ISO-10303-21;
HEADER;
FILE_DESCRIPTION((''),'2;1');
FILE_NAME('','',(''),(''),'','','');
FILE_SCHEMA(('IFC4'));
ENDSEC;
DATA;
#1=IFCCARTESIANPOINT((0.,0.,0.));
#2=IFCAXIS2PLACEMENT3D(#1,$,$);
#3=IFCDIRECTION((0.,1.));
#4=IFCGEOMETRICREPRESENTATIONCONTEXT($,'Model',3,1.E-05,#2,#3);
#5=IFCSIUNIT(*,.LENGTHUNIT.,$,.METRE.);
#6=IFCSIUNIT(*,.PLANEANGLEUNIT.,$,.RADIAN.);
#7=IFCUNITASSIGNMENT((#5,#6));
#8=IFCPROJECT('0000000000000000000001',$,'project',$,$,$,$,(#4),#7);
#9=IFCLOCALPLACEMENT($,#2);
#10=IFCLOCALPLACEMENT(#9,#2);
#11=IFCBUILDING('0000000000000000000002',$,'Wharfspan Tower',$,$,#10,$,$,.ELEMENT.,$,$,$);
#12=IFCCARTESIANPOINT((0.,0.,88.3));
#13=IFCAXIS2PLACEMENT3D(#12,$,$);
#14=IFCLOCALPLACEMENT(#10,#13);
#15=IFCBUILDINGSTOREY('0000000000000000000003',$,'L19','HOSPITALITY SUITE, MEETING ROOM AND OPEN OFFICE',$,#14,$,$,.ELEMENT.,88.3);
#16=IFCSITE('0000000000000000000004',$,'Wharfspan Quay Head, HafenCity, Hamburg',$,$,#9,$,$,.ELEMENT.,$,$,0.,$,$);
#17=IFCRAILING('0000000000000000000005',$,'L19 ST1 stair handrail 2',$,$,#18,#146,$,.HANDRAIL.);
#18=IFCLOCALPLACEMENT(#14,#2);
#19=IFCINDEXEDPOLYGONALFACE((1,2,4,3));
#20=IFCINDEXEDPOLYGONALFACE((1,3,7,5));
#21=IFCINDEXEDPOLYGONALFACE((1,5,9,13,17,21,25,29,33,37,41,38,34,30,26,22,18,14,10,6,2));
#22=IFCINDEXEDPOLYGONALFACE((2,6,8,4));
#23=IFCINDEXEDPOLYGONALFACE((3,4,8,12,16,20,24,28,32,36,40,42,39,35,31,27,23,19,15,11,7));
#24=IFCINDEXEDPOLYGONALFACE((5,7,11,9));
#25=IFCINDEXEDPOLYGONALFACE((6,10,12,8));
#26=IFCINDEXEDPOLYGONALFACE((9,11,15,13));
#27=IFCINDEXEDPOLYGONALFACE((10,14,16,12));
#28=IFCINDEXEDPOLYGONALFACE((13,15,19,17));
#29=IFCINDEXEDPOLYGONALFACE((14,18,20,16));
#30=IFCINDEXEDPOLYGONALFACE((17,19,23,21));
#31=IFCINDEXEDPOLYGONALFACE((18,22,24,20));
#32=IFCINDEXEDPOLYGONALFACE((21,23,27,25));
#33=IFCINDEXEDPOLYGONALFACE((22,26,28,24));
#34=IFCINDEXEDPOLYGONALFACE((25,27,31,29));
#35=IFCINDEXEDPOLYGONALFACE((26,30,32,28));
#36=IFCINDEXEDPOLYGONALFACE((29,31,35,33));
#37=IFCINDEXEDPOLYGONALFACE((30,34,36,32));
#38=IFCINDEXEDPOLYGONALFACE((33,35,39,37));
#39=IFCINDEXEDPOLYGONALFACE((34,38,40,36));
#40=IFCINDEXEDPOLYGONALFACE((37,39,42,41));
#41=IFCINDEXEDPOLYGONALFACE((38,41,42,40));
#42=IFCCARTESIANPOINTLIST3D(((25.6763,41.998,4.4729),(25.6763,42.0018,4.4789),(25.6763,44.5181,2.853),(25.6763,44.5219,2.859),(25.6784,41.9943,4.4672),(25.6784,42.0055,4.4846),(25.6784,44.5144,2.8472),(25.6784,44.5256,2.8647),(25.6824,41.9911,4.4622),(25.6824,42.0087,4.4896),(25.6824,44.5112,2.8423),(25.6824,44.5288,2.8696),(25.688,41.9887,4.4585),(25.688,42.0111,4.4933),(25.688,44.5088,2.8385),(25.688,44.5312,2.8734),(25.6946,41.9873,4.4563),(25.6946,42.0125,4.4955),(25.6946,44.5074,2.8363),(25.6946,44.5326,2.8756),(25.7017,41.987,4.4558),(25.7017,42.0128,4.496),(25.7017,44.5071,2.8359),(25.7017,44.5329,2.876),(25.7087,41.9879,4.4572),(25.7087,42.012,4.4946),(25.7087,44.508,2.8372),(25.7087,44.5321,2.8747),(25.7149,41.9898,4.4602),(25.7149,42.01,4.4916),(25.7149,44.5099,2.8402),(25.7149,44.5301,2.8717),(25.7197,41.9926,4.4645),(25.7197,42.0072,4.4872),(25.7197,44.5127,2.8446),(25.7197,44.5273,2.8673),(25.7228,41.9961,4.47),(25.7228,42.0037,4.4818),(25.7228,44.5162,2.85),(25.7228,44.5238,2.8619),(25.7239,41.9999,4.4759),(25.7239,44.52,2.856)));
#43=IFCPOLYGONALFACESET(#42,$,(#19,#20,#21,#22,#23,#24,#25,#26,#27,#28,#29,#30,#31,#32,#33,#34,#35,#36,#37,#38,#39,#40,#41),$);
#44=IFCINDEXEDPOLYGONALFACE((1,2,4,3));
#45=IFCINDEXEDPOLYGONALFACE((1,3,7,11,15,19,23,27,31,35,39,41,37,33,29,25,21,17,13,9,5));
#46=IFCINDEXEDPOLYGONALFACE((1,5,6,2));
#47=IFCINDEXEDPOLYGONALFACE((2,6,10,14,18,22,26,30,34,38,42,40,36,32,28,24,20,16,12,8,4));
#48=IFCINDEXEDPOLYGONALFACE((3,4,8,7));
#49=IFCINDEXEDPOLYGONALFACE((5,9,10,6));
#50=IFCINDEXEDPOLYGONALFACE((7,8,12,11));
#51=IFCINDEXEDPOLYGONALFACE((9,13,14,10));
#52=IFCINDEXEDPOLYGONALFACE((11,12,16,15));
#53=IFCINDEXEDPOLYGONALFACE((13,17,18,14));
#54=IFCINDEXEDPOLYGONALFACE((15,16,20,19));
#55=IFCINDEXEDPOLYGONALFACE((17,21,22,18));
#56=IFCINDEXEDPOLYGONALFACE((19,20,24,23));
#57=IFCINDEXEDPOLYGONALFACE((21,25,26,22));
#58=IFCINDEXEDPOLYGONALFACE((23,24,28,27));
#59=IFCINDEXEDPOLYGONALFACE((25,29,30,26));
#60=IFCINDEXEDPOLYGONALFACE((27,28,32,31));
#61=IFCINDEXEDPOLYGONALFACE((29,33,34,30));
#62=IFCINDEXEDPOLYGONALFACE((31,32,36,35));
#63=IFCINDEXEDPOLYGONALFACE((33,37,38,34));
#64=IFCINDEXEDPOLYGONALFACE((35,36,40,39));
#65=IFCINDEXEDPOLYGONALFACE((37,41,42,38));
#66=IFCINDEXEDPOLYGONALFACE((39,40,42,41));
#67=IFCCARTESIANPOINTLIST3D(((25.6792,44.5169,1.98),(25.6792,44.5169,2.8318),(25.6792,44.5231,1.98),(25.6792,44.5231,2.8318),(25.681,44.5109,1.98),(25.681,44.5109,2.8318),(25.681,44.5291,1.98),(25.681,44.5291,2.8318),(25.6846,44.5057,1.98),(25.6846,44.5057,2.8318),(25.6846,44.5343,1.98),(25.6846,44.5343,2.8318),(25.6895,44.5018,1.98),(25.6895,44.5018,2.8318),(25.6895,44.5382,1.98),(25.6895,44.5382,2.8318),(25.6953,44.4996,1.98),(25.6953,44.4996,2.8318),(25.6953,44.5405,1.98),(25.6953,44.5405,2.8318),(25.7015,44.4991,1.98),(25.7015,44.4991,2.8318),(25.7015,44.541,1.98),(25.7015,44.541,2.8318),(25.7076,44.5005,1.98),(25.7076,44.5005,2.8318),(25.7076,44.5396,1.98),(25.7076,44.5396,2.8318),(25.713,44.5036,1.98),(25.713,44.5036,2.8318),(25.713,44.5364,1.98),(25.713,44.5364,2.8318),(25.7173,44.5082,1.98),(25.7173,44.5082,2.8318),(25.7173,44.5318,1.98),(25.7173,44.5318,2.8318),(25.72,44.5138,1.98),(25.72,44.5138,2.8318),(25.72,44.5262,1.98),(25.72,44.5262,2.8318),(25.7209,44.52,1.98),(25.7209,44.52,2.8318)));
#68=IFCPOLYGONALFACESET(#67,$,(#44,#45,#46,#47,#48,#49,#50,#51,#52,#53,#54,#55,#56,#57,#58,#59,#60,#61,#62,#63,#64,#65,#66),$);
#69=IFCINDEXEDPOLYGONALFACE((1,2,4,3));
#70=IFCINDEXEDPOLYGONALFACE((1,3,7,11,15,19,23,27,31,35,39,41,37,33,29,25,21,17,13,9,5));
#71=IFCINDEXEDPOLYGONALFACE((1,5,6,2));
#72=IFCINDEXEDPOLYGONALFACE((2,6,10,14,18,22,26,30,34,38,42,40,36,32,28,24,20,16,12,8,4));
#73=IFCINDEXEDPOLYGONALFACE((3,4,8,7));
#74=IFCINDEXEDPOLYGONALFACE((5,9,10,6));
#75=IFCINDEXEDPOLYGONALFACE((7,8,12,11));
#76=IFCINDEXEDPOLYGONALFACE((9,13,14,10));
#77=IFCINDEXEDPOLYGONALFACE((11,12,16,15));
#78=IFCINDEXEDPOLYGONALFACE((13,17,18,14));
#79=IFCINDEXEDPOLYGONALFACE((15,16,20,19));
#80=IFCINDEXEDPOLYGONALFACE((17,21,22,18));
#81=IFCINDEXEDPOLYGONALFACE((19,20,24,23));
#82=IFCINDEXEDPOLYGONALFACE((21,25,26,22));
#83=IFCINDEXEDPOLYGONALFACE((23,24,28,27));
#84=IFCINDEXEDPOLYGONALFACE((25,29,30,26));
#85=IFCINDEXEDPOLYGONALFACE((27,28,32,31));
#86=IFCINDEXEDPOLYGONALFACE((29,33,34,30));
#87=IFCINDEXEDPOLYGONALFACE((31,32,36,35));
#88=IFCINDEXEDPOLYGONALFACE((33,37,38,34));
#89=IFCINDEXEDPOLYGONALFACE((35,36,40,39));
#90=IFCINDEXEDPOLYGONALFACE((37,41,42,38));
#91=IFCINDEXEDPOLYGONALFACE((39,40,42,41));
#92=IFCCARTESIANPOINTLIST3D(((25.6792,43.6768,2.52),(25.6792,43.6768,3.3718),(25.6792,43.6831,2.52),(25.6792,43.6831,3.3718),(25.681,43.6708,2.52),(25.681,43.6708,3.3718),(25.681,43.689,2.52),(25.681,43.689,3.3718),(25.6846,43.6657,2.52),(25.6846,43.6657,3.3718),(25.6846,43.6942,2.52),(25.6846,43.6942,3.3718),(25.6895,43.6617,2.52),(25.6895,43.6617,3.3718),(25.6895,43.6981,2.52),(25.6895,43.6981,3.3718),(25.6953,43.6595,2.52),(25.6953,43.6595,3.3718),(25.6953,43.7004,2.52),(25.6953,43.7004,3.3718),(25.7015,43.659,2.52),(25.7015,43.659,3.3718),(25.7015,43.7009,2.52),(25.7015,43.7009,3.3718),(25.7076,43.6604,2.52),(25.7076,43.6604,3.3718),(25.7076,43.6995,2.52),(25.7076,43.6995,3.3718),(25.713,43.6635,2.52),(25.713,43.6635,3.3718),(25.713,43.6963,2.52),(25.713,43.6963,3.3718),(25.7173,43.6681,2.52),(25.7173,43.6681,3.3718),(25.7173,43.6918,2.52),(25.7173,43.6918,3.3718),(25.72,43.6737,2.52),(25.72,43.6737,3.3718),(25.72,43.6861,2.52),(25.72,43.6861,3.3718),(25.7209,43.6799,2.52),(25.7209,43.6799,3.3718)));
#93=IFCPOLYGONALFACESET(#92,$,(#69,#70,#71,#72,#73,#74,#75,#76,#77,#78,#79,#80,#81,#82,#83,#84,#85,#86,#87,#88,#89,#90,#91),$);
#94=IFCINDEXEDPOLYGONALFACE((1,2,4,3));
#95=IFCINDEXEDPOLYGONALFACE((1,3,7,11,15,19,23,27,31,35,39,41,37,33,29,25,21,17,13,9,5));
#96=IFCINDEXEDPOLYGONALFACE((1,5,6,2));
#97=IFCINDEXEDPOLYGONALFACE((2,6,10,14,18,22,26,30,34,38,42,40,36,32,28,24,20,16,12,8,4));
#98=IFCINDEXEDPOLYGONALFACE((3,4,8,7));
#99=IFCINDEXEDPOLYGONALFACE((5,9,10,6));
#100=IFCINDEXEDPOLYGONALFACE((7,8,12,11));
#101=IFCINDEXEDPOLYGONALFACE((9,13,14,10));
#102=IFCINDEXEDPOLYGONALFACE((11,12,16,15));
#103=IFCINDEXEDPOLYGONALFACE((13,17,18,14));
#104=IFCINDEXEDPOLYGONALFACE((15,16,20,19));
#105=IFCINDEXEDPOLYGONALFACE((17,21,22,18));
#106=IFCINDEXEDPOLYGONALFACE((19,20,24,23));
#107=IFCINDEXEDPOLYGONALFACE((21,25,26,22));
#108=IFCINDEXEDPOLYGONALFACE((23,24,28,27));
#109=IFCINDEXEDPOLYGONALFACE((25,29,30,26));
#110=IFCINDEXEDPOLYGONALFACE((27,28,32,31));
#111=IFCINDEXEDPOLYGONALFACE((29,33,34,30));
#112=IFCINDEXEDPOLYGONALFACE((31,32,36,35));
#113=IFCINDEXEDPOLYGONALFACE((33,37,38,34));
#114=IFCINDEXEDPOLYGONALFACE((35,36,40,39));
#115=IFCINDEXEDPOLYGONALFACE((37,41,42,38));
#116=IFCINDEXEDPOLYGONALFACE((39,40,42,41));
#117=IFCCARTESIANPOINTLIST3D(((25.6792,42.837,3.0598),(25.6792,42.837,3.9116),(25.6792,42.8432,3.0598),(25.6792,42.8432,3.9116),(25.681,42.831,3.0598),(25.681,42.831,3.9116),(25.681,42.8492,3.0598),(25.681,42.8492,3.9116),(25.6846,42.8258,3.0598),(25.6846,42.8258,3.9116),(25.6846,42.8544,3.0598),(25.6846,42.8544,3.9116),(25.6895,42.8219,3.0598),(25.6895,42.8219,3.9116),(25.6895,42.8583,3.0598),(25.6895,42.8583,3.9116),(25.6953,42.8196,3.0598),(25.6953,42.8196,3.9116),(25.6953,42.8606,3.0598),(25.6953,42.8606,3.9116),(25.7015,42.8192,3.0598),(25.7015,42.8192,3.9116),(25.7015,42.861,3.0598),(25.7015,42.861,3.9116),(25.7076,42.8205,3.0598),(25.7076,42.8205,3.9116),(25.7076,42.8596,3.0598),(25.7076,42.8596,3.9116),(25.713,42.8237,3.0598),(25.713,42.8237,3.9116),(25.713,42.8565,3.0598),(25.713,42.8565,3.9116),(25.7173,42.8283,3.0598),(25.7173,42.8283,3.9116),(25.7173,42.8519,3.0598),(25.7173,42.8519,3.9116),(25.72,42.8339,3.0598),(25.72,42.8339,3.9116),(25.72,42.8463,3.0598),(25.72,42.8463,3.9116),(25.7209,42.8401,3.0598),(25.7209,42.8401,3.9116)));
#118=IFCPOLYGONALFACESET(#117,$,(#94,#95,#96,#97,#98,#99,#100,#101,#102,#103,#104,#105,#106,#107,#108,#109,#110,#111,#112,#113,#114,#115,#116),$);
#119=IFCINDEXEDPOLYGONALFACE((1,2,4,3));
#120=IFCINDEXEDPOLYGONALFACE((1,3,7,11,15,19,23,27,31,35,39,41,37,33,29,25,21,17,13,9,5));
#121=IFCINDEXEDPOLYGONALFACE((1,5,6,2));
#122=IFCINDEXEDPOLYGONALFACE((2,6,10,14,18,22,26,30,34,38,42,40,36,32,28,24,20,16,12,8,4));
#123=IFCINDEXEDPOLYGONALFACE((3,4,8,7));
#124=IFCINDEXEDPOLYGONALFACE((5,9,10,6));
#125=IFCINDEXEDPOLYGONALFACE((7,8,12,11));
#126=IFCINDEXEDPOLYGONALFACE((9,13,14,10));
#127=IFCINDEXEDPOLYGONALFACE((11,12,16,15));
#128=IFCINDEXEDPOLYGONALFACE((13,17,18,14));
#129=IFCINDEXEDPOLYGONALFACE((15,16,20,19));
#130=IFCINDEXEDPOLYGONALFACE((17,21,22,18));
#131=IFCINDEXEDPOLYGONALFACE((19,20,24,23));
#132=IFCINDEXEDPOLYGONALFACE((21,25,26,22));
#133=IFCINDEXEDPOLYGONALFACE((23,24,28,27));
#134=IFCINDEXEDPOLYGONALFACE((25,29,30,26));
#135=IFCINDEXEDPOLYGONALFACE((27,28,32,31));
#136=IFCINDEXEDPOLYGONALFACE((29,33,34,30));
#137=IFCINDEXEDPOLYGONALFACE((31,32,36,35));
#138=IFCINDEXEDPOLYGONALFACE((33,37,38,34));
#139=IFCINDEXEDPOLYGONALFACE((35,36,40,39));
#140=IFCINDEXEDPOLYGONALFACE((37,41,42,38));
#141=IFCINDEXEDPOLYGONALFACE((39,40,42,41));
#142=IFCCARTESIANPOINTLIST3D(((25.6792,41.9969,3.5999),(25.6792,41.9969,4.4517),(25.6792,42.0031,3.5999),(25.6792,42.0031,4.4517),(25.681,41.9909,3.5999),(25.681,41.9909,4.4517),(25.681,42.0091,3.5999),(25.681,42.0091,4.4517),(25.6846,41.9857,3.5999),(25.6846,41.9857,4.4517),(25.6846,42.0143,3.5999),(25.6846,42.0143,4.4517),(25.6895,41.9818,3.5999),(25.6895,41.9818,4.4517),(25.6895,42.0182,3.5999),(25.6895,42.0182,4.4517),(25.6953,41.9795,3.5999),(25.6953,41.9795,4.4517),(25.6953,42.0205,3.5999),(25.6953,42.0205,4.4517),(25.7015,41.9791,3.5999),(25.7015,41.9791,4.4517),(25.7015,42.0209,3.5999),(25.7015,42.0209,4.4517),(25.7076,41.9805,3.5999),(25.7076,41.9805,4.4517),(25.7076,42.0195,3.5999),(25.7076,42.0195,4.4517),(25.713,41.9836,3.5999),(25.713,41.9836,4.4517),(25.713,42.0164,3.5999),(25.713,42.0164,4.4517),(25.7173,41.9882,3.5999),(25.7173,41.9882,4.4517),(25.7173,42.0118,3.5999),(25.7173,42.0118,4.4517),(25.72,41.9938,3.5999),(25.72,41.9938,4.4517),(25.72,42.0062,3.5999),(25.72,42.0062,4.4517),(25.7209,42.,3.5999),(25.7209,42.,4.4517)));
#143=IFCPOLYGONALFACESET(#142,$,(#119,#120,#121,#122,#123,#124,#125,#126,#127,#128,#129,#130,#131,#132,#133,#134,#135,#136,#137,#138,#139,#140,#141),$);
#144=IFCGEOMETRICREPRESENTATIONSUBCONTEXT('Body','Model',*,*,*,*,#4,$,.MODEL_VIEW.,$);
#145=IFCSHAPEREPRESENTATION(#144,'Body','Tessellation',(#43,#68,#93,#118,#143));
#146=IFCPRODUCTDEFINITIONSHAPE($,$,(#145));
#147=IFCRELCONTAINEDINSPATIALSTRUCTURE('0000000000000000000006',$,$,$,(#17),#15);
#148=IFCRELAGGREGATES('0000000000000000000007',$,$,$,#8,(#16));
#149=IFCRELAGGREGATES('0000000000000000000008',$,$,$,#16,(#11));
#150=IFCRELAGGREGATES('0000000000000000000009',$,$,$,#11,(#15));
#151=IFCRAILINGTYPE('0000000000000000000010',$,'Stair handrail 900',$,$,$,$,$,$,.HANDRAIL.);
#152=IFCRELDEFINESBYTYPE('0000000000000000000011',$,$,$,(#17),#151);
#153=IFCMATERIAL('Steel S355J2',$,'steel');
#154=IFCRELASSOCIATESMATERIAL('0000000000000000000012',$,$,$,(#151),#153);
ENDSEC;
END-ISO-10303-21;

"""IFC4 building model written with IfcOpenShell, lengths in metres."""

from ifc_helpers import new_model, si_unit, direction, frame, origin, origin_2d, place, context, subcontext, project, spatial, circle, extrude, material, type_object, element, save


model = new_model("IFC4")

# Units and contexts
model_context = context("Model", 3, precision=1e-05, world=origin(), true_north=direction((0.0, 1.0)))
body_context = subcontext(model_context, "Body", "Model", "MODEL_VIEW")
ifc_project = project(units=[si_unit("LENGTHUNIT", "METRE"), si_unit("PLANEANGLEUNIT", "RADIAN")], contexts=[model_context])

# Site, building, storey
site_placement = place(None, origin())
site = spatial("IfcSite", under=ifc_project, at=site_placement, Name="Wharfspan Quay Head, HafenCity, Hamburg", CompositionType="ELEMENT", RefElevation=0.0)
building_placement = place(site_placement, origin())
building = spatial("IfcBuilding", under=site, at=building_placement, Name="Wharfspan Tower", CompositionType="ELEMENT")
storey_placement = place(building_placement, frame((0.0, 0.0, 88.3)))
storey = spatial("IfcBuildingStorey", under=building, at=storey_placement, Name="L19", Description="HOSPITALITY SUITE, MEETING ROOM AND OPEN OFFICE", CompositionType="ELEMENT", Elevation=88.3)

# Shared definitions
ifc_material_1 = material(Name="Steel S355J2", Category="steel")

# Railing
railing_type = type_object("IfcRailingType", Name="Stair handrail 900", PredefinedType="HANDRAIL", material=ifc_material_1)
railing_placement = place(storey_placement, frame((25.7, 44.52, 1.98)))
element("IfcRailing", 1, at=railing_placement, inside=storey, type_object=railing_type, Name="L19 ST1 stair handrail 2", PredefinedType="HANDRAIL", context=body_context, shape_type="SweptSolid", body=[
    extrude(circle(Radius=0.0239, at=origin_2d()), frame((0.0, 0.0, 0.876), z_axis=(0.0, -0.8412, 0.540725), x_axis=(1.0, 0.0, 0.0)), (0.0, 0.0, 1.0), 2.9958),
    extrude(circle(Radius=0.021, at=origin_2d()), origin(), (0.0, 0.0, 1.0), 0.8518),
    extrude(circle(Radius=0.021, at=origin_2d()), frame((0.0, -0.8401, 0.54)), (0.0, 0.0, 1.0), 0.8518),
    extrude(circle(Radius=0.021, at=origin_2d()), frame((0.0, -1.6799, 1.0798)), (0.0, 0.0, 1.0), 0.8518),
    extrude(circle(Radius=0.021, at=origin_2d()), frame((0.0, -2.52, 1.6199)), (0.0, 0.0, 1.0), 0.8518),
])

save(model, "model.ifc")
